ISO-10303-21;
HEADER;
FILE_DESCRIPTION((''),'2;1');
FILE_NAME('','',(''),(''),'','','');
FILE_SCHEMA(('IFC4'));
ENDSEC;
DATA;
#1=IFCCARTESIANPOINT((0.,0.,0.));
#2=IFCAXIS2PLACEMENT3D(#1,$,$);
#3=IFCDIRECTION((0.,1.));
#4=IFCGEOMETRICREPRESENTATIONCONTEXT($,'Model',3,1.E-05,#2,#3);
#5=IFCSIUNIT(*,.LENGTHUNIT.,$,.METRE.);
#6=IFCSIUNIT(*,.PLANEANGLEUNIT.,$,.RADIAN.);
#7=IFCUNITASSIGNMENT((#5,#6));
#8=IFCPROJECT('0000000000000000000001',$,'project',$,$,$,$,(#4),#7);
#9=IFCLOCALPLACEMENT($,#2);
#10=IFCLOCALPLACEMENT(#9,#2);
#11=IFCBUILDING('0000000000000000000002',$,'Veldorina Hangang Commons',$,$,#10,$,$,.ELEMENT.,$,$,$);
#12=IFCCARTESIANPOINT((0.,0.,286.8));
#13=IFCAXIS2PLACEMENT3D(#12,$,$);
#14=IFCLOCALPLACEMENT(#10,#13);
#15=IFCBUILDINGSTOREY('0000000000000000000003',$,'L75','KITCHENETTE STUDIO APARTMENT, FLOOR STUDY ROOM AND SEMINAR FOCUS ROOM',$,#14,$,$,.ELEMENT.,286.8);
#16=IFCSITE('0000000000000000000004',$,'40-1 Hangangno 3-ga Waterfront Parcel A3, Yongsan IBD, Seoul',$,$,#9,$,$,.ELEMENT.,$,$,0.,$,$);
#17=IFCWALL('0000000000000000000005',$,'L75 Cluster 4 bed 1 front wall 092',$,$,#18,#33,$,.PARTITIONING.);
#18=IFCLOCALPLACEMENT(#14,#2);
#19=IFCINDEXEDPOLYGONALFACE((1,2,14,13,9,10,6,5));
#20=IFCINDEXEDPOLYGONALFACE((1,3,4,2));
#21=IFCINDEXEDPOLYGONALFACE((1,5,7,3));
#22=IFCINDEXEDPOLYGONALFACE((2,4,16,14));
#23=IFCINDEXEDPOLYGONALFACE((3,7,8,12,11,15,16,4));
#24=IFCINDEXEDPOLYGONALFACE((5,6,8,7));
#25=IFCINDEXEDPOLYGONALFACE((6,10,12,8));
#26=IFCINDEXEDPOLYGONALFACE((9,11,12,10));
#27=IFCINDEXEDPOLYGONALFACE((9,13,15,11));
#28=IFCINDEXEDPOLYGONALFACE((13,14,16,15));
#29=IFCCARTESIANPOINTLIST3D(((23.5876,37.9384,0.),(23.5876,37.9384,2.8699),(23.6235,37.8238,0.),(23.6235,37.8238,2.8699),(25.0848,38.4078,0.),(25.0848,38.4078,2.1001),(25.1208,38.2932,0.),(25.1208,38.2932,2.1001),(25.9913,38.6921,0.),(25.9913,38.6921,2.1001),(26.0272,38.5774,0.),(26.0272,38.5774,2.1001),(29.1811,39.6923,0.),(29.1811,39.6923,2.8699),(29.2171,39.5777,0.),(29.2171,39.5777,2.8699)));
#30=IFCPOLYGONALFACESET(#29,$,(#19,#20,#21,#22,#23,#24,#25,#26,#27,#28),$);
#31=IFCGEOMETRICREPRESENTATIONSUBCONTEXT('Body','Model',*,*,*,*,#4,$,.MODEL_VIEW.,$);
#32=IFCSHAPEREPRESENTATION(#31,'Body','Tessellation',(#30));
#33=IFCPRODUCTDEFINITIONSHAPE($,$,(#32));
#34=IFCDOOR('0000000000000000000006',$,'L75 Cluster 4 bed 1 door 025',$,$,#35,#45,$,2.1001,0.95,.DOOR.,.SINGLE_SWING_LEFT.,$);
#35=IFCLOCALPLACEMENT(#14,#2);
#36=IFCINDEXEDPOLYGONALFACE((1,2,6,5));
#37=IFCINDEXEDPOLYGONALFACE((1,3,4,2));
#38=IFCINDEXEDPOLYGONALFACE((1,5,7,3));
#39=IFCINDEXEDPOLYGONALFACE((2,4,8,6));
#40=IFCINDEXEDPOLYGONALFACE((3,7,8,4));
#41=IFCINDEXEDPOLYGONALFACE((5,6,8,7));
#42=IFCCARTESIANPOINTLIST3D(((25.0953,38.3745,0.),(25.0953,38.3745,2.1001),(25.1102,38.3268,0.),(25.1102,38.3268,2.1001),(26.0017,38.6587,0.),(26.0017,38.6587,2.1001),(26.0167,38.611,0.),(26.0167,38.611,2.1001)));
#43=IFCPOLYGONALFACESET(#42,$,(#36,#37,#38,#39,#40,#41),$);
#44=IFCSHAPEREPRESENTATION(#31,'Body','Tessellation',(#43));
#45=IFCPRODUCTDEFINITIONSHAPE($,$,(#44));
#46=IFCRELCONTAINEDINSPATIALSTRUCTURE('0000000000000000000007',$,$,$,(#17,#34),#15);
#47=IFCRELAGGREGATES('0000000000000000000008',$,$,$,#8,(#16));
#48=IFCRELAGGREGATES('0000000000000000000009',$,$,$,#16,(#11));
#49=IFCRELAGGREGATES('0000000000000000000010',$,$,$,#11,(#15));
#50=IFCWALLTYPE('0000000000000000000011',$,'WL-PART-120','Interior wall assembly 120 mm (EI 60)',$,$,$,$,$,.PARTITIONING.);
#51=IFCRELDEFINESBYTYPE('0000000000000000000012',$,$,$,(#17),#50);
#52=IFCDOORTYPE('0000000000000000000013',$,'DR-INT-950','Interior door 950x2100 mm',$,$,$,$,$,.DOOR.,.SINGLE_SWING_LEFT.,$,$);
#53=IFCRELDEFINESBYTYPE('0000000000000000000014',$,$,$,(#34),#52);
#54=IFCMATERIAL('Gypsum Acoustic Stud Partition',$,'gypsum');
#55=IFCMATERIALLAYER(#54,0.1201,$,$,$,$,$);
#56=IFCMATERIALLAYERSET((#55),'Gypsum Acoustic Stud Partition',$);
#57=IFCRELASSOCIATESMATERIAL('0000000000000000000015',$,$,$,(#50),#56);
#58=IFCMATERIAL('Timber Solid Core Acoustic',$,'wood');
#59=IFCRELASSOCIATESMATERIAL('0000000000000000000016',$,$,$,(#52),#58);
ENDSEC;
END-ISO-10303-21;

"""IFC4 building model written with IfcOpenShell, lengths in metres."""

from ifc_helpers import new_model, si_unit, direction, frame, frame_2d, origin, place, context, subcontext, project, spatial, rectangle, extrude, material, layer, layer_set, type_object, element, fill, save


model = new_model("IFC4")

# Units and contexts
model_context = context("Model", 3, precision=1e-05, world=origin(), true_north=direction((0.0, 1.0)))
body_context = subcontext(model_context, "Body", "Model", "MODEL_VIEW")
ifc_project = project(units=[si_unit("LENGTHUNIT", "METRE"), si_unit("PLANEANGLEUNIT", "RADIAN")], contexts=[model_context])

# Site, building, storey
site_placement = place(None, origin())
site = spatial("IfcSite", under=ifc_project, at=site_placement, Name="40-1 Hangangno 3-ga Waterfront Parcel A3, Yongsan IBD, Seoul", CompositionType="ELEMENT", RefElevation=0.0)
building_placement = place(site_placement, origin())
building = spatial("IfcBuilding", under=site, at=building_placement, Name="Veldorina Hangang Commons", CompositionType="ELEMENT")
storey_placement = place(building_placement, frame((0.0, 0.0, 286.8)))
storey = spatial("IfcBuildingStorey", under=building, at=storey_placement, Name="L75", Description="KITCHENETTE STUDIO APARTMENT, FLOOR STUDY ROOM AND SEMINAR FOCUS ROOM", CompositionType="ELEMENT", Elevation=286.8)

# Shared definitions
ifc_material_1 = material(Name="Gypsum Acoustic Stud Partition", Category="gypsum")
ifc_layer_1 = layer(ifc_material_1, 0.1201)
ifc_layer_set_1 = layer_set([ifc_layer_1], Name="Gypsum Acoustic Stud Partition")
wall_type_1 = type_object("IfcWallType", Name="WL-PART-120", Description="Interior wall assembly 120 mm (EI 60)", PredefinedType="PARTITIONING", material=ifc_layer_set_1)

# Wall, opening, door
wall_1_placement = place(storey_placement, frame((29.1992, 39.635, 0.0), z_axis=(0.0, 0.0, 1.0), x_axis=(-0.954191, -0.299197, 0.0)))
wall_1 = element("IfcWall", 1, at=wall_1_placement, inside=storey, type_object=wall_type_1, Name="L75 Cluster 4 bed 1 front wall 092", PredefinedType="PARTITIONING", context=body_context, shape_type="SweptSolid", body=[
    extrude(rectangle(XDim=5.8621, YDim=0.1201, at=frame_2d((2.9312, 0.0))), origin(), (0.0, 0.0, 1.0), 2.8699),
])
opening_1_placement = place(wall_1_placement, frame((3.343, 0.0, 0.0)))
opening_1 = element("IfcOpeningElement", 2, at=opening_1_placement, cuts=wall_1, PredefinedType="OPENING", context=body_context, shape_type="SweptSolid", body=[
    extrude(rectangle(XDim=0.95, YDim=2.1001, at=frame_2d((0.4751, 1.05))), frame((0.0, 0.0701, 0.0), z_axis=(0.0, -1.0, 0.0), x_axis=(1.0, 0.0, 0.0)), (0.0, 0.0, 1.0), 0.1401),
])
ifc_material_2 = material(Name="Timber Solid Core Acoustic", Category="wood")
door_type_1 = type_object("IfcDoorType", Name="DR-INT-950", Description="Interior door 950x2100 mm", OperationType="SINGLE_SWING_LEFT", PredefinedType="DOOR", material=ifc_material_2)
door_1_placement = place(opening_1_placement, origin())
door_1 = element("IfcDoor", 3, at=door_1_placement, inside=storey, type_object=door_type_1, Name="L75 Cluster 4 bed 1 door 025", OperationType="SINGLE_SWING_LEFT", OverallHeight=2.1001, OverallWidth=0.95, PredefinedType="DOOR", context=body_context, shape_type="SweptSolid", body=[
    extrude(rectangle(XDim=0.95, YDim=2.1001, at=frame_2d((0.4751, 1.05))), frame((0.0, 0.0249, 0.0), z_axis=(0.0, -1.0, 0.0), x_axis=(1.0, 0.0, 0.0)), (0.0, 0.0, 1.0), 0.05),
])
fill(opening_1, door_1)

save(model, "model.ifc")
